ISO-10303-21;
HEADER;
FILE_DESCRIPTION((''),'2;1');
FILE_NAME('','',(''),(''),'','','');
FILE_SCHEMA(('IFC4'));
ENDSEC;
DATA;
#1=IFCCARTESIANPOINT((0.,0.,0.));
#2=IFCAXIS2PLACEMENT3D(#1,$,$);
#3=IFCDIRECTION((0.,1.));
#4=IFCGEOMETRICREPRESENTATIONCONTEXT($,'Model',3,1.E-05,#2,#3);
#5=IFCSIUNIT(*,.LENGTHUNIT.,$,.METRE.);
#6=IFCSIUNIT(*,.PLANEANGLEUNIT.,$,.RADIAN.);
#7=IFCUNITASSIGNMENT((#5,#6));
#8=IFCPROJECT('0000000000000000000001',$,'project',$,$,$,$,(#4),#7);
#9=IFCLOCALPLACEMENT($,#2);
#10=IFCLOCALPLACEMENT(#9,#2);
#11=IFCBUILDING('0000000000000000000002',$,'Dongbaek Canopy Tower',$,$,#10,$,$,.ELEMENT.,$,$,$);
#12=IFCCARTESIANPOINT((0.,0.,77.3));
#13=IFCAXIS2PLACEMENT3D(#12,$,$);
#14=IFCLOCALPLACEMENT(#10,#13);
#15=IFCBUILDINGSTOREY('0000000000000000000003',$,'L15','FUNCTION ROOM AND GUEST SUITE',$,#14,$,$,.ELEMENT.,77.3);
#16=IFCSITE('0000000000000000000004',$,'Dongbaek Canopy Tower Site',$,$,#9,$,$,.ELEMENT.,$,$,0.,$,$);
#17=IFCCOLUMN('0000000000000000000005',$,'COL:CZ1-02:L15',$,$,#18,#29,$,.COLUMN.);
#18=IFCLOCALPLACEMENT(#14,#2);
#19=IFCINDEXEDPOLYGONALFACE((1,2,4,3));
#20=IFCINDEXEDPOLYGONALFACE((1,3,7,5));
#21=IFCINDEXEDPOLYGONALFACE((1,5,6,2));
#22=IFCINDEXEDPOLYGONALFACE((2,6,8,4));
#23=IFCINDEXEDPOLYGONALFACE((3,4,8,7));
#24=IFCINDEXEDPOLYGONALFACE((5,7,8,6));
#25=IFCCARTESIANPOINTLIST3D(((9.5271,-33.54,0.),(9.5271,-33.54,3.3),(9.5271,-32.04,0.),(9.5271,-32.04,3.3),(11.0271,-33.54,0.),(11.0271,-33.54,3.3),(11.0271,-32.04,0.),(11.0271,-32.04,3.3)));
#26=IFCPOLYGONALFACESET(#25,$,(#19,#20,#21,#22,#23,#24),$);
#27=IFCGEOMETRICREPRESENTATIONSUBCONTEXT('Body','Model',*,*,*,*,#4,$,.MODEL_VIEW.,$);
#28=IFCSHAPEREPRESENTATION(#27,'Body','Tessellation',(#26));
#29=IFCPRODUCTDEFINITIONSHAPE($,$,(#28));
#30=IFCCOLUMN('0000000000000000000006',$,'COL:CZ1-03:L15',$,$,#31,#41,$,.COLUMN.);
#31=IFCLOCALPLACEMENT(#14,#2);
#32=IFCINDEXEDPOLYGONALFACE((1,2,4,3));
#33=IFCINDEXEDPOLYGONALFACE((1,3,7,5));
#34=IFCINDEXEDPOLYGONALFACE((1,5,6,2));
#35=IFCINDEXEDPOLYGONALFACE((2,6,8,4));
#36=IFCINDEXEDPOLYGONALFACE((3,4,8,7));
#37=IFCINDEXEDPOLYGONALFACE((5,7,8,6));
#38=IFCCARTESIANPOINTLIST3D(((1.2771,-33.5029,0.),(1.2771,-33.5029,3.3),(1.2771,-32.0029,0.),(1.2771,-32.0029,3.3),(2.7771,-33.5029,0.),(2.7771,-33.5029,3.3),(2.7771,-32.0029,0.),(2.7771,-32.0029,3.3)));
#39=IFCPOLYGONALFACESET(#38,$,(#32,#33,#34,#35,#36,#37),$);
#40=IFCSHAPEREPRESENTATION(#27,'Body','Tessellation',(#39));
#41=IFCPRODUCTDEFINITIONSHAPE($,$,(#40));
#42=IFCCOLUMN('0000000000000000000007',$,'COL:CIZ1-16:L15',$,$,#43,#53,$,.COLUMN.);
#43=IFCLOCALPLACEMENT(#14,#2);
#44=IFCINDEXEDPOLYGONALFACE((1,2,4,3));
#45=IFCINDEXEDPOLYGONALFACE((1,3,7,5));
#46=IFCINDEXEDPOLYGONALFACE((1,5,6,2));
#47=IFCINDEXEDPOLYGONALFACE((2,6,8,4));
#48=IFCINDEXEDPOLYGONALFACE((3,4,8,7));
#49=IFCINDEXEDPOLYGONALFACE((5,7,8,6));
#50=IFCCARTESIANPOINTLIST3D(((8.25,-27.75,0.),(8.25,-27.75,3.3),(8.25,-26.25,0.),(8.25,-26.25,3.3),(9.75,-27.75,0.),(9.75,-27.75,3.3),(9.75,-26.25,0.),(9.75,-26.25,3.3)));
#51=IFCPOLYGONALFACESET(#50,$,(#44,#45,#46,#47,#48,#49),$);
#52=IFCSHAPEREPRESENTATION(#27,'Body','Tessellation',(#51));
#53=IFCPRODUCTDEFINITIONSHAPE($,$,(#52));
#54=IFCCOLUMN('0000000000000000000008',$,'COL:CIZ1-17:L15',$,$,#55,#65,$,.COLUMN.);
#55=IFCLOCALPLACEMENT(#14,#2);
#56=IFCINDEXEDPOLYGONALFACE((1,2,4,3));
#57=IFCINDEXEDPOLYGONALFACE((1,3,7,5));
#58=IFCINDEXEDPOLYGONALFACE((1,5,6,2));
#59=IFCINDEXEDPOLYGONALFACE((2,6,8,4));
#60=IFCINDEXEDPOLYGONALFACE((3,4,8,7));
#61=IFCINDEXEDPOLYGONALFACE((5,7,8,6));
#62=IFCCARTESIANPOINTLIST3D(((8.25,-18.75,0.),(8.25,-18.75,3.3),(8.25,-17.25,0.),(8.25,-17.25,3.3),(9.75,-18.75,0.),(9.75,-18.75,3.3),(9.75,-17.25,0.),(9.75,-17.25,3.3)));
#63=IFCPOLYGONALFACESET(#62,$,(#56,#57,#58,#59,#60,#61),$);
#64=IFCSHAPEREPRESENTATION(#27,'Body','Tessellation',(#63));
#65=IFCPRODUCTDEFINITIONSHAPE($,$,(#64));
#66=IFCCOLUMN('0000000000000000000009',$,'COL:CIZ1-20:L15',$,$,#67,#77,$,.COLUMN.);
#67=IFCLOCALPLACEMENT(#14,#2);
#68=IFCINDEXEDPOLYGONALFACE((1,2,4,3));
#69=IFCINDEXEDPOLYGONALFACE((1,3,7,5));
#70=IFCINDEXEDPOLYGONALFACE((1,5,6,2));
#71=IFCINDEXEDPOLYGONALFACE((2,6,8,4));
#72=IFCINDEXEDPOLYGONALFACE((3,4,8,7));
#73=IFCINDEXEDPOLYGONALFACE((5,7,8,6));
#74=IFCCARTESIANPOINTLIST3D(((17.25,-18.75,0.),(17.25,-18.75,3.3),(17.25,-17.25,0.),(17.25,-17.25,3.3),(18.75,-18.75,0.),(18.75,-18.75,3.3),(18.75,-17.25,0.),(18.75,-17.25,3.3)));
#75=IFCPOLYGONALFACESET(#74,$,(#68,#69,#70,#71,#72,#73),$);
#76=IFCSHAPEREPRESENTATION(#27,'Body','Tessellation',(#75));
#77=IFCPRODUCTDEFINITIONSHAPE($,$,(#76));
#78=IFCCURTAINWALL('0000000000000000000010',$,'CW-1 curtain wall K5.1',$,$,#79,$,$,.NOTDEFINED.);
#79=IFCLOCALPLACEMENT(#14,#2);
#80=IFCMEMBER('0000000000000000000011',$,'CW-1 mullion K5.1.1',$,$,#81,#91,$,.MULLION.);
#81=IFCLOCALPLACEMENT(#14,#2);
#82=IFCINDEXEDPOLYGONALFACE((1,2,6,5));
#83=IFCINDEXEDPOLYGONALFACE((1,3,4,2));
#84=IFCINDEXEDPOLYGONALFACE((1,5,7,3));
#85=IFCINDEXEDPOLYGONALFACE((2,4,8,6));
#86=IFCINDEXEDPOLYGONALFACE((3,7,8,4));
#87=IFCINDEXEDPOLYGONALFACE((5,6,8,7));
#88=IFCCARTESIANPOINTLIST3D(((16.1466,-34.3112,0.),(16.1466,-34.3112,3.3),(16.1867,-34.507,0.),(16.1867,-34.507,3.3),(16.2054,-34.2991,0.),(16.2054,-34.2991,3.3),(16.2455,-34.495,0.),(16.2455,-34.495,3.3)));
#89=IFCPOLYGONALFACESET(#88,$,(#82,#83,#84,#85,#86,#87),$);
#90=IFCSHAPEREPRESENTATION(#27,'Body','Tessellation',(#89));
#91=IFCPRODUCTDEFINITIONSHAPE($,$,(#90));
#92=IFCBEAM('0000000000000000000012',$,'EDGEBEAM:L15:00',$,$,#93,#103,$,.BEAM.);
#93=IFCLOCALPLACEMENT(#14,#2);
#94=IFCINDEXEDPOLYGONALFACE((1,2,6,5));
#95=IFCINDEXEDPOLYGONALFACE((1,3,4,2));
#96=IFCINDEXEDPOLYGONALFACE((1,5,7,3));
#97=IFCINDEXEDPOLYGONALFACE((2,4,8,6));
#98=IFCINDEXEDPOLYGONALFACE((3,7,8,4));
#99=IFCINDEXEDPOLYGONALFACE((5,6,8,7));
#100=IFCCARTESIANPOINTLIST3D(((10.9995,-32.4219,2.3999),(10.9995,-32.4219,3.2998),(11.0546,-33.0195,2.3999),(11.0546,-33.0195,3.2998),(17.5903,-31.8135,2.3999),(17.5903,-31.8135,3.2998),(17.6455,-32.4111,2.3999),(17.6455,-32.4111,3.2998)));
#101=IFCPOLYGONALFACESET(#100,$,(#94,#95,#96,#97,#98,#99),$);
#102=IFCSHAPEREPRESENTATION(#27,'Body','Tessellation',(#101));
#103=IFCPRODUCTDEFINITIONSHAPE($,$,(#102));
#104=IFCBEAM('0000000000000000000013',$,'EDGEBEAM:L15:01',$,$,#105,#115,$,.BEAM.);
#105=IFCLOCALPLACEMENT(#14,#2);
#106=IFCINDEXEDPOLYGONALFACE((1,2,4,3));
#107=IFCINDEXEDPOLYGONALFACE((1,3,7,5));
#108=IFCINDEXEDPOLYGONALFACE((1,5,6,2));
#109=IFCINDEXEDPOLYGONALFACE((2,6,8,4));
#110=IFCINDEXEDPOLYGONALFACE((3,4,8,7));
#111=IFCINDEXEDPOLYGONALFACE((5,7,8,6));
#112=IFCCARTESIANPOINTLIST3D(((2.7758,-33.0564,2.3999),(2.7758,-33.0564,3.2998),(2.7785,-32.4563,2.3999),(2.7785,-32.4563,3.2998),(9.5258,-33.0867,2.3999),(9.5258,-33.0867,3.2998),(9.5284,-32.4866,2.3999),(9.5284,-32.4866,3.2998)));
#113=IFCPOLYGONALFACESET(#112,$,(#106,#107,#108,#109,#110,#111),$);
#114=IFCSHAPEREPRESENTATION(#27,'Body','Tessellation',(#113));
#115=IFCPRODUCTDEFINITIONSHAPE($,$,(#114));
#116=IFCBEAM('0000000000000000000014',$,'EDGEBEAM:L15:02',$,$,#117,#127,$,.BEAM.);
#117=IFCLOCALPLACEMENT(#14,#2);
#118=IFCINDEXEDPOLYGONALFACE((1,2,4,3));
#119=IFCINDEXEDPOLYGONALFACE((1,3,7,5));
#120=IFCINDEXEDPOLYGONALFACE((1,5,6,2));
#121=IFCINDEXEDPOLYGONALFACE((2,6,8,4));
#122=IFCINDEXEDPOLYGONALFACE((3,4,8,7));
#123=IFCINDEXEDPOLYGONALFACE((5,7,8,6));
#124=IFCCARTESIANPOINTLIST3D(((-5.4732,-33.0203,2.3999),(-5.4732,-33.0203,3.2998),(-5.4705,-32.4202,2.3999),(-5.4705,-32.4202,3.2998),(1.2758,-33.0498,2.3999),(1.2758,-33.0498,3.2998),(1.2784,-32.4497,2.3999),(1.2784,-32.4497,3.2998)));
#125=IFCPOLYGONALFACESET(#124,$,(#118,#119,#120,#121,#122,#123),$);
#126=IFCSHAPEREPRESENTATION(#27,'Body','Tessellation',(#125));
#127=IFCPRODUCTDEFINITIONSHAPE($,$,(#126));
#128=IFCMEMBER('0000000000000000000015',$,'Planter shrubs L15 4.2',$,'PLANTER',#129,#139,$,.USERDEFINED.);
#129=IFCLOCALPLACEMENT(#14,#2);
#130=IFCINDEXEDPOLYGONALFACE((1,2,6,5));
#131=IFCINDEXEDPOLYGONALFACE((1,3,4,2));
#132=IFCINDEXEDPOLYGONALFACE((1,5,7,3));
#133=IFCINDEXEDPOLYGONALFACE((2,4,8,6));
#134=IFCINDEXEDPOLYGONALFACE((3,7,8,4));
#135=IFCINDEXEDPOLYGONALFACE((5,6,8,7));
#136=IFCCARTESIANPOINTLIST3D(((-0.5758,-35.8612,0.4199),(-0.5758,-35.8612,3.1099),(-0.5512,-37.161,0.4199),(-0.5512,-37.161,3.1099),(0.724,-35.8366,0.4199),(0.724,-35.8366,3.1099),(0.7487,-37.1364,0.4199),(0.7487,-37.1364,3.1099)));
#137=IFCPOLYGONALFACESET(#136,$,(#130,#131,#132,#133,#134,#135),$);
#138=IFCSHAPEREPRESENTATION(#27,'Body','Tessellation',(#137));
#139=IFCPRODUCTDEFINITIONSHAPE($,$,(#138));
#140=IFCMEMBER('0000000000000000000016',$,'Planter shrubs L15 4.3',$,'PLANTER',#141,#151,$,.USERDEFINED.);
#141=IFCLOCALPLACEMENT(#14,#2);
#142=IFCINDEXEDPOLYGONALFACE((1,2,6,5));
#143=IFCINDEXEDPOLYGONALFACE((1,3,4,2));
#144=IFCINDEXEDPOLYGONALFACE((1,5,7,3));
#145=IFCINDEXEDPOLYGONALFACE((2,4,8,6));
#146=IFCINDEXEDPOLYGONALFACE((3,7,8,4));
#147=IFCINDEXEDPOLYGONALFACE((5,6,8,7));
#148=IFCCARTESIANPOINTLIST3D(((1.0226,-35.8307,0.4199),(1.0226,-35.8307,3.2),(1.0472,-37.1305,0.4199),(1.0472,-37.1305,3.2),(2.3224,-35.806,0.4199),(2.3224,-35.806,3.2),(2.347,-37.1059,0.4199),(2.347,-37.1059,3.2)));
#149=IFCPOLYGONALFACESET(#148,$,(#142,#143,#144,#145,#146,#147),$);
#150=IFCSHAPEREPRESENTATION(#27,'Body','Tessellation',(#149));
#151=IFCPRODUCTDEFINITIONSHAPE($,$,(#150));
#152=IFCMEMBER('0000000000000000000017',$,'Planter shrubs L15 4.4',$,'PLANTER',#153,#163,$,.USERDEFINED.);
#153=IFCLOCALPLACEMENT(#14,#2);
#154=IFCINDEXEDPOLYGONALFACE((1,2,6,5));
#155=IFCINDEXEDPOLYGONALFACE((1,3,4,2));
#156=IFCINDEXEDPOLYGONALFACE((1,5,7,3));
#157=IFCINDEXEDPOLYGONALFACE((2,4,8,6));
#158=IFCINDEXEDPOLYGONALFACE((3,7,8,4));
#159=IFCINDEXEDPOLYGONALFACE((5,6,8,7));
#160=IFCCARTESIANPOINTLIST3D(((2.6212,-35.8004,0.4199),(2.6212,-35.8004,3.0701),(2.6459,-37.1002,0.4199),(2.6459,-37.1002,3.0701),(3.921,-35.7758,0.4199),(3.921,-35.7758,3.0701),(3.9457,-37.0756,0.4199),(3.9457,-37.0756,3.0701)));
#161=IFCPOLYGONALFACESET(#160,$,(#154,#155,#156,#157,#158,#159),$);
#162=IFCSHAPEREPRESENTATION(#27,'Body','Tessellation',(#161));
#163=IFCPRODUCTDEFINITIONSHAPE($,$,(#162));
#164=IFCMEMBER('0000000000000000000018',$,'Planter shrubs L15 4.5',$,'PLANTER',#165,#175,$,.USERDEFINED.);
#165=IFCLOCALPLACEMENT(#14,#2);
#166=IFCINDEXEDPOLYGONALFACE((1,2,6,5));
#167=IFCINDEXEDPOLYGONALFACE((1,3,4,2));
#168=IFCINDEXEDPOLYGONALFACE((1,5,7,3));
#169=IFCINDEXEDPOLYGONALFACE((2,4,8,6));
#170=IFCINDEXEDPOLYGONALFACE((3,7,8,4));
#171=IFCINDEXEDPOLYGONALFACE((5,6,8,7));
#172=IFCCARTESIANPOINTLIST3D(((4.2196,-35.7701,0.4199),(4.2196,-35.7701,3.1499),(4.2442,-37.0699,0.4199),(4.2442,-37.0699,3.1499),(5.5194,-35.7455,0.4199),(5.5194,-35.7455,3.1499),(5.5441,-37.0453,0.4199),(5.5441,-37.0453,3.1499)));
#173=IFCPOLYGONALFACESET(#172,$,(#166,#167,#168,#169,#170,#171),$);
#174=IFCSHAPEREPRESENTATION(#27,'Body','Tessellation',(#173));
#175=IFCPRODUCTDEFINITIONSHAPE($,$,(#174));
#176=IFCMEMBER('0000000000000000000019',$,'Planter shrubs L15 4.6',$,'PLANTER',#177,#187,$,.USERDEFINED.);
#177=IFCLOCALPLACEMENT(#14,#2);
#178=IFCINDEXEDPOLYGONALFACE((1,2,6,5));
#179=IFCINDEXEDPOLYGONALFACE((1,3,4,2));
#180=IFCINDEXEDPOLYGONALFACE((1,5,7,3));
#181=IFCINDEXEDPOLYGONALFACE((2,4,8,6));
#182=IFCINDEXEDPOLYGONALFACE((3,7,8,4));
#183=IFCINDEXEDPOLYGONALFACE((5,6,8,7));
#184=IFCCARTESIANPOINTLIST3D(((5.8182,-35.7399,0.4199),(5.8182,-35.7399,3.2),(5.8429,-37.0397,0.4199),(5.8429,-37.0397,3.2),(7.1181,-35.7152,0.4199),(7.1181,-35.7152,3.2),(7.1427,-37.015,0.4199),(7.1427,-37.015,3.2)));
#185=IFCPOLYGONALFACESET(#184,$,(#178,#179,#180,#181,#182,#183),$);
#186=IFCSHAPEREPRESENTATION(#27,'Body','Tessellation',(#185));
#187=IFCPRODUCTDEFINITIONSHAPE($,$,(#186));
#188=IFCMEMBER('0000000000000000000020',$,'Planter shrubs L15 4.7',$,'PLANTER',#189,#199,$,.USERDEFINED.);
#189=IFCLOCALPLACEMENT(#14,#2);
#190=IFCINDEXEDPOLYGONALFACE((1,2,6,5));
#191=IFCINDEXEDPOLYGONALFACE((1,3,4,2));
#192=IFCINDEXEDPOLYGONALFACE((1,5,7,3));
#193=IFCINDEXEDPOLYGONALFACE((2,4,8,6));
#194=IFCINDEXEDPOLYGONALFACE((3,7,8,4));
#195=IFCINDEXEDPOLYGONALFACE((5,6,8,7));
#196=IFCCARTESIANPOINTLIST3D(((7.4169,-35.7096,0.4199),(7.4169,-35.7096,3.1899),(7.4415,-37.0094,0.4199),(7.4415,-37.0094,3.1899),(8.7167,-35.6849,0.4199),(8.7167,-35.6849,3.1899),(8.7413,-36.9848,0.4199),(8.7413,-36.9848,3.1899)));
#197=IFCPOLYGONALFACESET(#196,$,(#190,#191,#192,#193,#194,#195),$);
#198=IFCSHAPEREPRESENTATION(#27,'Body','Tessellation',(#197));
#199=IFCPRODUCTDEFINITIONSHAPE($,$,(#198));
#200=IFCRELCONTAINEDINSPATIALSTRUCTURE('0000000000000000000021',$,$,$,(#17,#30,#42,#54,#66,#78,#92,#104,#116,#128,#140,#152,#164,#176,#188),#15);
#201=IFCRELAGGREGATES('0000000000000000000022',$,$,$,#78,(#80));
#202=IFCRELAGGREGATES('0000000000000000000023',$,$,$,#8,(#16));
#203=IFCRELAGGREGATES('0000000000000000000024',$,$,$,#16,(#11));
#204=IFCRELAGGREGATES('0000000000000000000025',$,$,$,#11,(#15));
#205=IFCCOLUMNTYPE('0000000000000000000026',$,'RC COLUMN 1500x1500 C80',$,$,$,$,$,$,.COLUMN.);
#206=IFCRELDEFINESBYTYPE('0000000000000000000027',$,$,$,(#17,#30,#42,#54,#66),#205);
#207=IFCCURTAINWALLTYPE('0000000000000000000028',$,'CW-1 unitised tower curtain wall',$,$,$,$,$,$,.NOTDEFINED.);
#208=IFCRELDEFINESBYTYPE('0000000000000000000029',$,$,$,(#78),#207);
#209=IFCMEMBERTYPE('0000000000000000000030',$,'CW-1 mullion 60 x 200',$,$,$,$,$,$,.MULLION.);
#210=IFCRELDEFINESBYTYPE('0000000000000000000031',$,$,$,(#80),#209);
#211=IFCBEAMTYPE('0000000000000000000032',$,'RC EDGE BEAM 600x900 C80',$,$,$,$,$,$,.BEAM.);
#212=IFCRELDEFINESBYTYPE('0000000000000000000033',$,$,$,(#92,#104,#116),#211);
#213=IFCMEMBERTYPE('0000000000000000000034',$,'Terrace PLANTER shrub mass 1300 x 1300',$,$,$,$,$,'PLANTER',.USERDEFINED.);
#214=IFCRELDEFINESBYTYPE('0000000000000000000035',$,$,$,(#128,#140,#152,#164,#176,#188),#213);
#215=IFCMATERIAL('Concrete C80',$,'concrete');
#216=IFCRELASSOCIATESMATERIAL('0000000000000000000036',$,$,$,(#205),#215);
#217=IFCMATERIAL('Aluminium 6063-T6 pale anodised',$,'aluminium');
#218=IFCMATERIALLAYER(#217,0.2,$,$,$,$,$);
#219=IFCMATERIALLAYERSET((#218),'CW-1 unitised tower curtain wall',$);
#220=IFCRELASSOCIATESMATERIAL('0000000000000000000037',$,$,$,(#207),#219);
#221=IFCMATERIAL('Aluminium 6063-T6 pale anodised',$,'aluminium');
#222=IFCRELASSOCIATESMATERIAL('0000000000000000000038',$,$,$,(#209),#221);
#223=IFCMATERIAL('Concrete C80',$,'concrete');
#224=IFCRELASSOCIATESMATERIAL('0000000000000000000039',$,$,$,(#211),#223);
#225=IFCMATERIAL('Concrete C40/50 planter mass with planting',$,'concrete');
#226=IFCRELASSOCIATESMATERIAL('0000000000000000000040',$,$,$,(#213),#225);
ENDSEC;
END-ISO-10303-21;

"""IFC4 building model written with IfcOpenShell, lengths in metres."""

from ifc_helpers import new_model, si_unit, direction, frame, origin, origin_2d, place, context, subcontext, project, spatial, rectangle, extrude, material, layer, layer_set, material_profile, profile_set, type_object, element, aggregate, save


model = new_model("IFC4")

# Units and contexts
model_context = context("Model", 3, precision=1e-05, world=origin(), true_north=direction((0.0, 1.0)))
body_context = subcontext(model_context, "Body", "Model", "MODEL_VIEW")
ifc_project = project(units=[si_unit("LENGTHUNIT", "METRE"), si_unit("PLANEANGLEUNIT", "RADIAN")], contexts=[model_context])

# Site, building, storey
site_placement = place(None, origin())
site = spatial("IfcSite", under=ifc_project, at=site_placement, Name="Dongbaek Canopy Tower Site", CompositionType="ELEMENT", RefElevation=0.0)
building_placement = place(site_placement, origin())
building = spatial("IfcBuilding", under=site, at=building_placement, Name="Dongbaek Canopy Tower", CompositionType="ELEMENT")
storey_placement = place(building_placement, frame((0.0, 0.0, 77.3)))
storey = spatial("IfcBuildingStorey", under=building, at=storey_placement, Name="L15", Description="FUNCTION ROOM AND GUEST SUITE", CompositionType="ELEMENT", Elevation=77.3)

# Columns
ifc_material_1 = material(Name="Concrete C80", Category="concrete")
ifc_material_profile_1 = material_profile(ifc_material_1, rectangle(XDim=1.5, YDim=1.5, at=origin_2d()), Name="RC COLUMN 1500x1500 C80")
ifc_profile_set_1 = profile_set([ifc_material_profile_1], Name="Concrete C80")
column_type = type_object("IfcColumnType", Name="RC COLUMN 1500x1500 C80", PredefinedType="COLUMN", material=ifc_profile_set_1)
for number, where, z_axis, x_axis, name in (
    (1, (10.2771, -32.79, 0.0), (0.0, 0.0, 1.0), (1.0, 0.0, 0.0), "COL:CZ1-02:L15"),
    (2, (2.0271, -32.7529, 0.0), (0.0, 0.0, 1.0), (1.0, 0.0, 0.0), "COL:CZ1-03:L15"),
    (3, (9.0, -27.0, 0.0), (0.0, 0.0, 1.0), (1.0, 0.0, 0.0), "COL:CIZ1-16:L15"),
    (4, (9.0, -18.0, 0.0), (0.0, 0.0, 1.0), (1.0, 0.0, 0.0), "COL:CIZ1-17:L15"),
    (5, (18.0, -18.0, 0.0), (0.0, 0.0, 1.0), (1.0, 0.0, 0.0), "COL:CIZ1-20:L15"),
):
    element("IfcColumn", number, at=place(storey_placement, frame(where, z_axis=z_axis, x_axis=x_axis)), inside=storey, type_object=column_type, Name=name, PredefinedType="COLUMN", context=body_context, shape_type="SweptSolid", body=[
        extrude(rectangle(XDim=1.5, YDim=1.5, at=origin_2d()), origin(), (0.0, 0.0, 1.0), 3.3),
    ])

# Curtain wall, member
ifc_material_2 = material(Name="Aluminium 6063-T6 pale anodised", Category="aluminium")
ifc_layer_1 = layer(ifc_material_2, 0.2)
ifc_layer_set_1 = layer_set([ifc_layer_1], Name="CW-1 unitised tower curtain wall")
curtain_wall_type = type_object("IfcCurtainWallType", Name="CW-1 unitised tower curtain wall", PredefinedType="NOTDEFINED", material=ifc_layer_set_1)
curtain_wall_placement = place(storey_placement, origin())
curtain_wall = element("IfcCurtainWall", 6, at=curtain_wall_placement, inside=storey, type_object=curtain_wall_type, Name="CW-1 curtain wall K5.1", PredefinedType="NOTDEFINED")
ifc_material_3 = material(Name="Aluminium 6063-T6 pale anodised", Category="aluminium")
ifc_material_profile_2 = material_profile(ifc_material_3, rectangle(XDim=0.2, YDim=0.0601, at=origin_2d()), Name="CW-1 mullion 60 x 200")
ifc_profile_set_2 = profile_set([ifc_material_profile_2], Name="Aluminium 6063-T6 pale anodised")
member_type_1 = type_object("IfcMemberType", Name="CW-1 mullion 60 x 200", PredefinedType="MULLION", material=ifc_profile_set_2)
member_1_placement = place(storey_placement, frame((16.196, -34.4031, 0.0), z_axis=(0.0, 0.0, 1.0), x_axis=(0.200704, -0.979652, 0.0)))
member_1 = element("IfcMember", 7, at=member_1_placement, type_object=member_type_1, Name="CW-1 mullion K5.1.1", PredefinedType="MULLION", context=body_context, shape_type="SweptSolid", body=[
    extrude(rectangle(XDim=0.2, YDim=0.0601, at=origin_2d()), origin(), (0.0, 0.0, 1.0), 3.3),
])

# Beams
ifc_material_4 = material(Name="Concrete C80", Category="concrete")
ifc_material_profile_3 = material_profile(ifc_material_4, rectangle(XDim=0.6001, YDim=0.8999, at=origin_2d()), Name="RC EDGE BEAM 600x900 C80")
ifc_profile_set_3 = profile_set([ifc_material_profile_3], Name="Concrete C80")
beam_type = type_object("IfcBeamType", Name="RC EDGE BEAM 600x900 C80", PredefinedType="BEAM", material=ifc_profile_set_3)
beam_1_placement = place(storey_placement, frame((17.6179, -32.1123, 2.8499), z_axis=(-0.995766, -0.091919, 0.0), x_axis=(0.091919, -0.995766, 0.0)))
element("IfcBeam", 8, at=beam_1_placement, inside=storey, type_object=beam_type, Name="EDGEBEAM:L15:00", PredefinedType="BEAM", context=body_context, shape_type="SweptSolid", body=[
    extrude(rectangle(XDim=0.6001, YDim=0.8999, at=origin_2d()), origin(), (0.0, 0.0, 1.0), 6.6189),
])
beam_2_placement = place(storey_placement, frame((9.5271, -32.7866, 2.8499), z_axis=(-0.99999, 0.004485, 0.0), x_axis=(-0.004485, -0.99999, 0.0)))
element("IfcBeam", 9, at=beam_2_placement, inside=storey, type_object=beam_type, Name="EDGEBEAM:L15:01", PredefinedType="BEAM", context=body_context, shape_type="SweptSolid", body=[
    extrude(rectangle(XDim=0.6001, YDim=0.8999, at=origin_2d()), origin(), (0.0, 0.0, 1.0), 6.75),
])
beam_3_placement = place(storey_placement, frame((1.2771, -32.7498, 2.8499), z_axis=(-0.99999, 0.004377, 0.0), x_axis=(-0.004377, -0.99999, 0.0)))
element("IfcBeam", 10, at=beam_3_placement, inside=storey, type_object=beam_type, Name="EDGEBEAM:L15:02", PredefinedType="BEAM", context=body_context, shape_type="SweptSolid", body=[
    extrude(rectangle(XDim=0.6001, YDim=0.8999, at=origin_2d()), origin(), (0.0, 0.0, 1.0), 6.749),
])

# Members
ifc_material_5 = material(Name="Concrete C40/50 planter mass with planting", Category="concrete")
ifc_material_profile_4 = material_profile(ifc_material_5, rectangle(XDim=1.3, YDim=1.3, at=origin_2d()), Name="Terrace PLANTER shrub mass 1300 x 1300")
ifc_profile_set_4 = profile_set([ifc_material_profile_4], Name="Concrete C40/50 planter mass with planting")
member_type_2 = type_object("IfcMemberType", Name="Terrace PLANTER shrub mass 1300 x 1300", ElementType="PLANTER", PredefinedType="USERDEFINED", material=ifc_profile_set_4)
member_2_placement = place(storey_placement, frame((0.0864, -36.4988, 0.4199), z_axis=(0.0, 0.0, 1.0), x_axis=(0.018952, -0.99982, 0.0)))
element("IfcMember", 11, at=member_2_placement, inside=storey, type_object=member_type_2, Name="Planter shrubs L15 4.2", ObjectType="PLANTER", PredefinedType="USERDEFINED", context=body_context, shape_type="SweptSolid", body=[
    extrude(rectangle(XDim=1.3, YDim=1.3, at=origin_2d()), origin(), (0.0, 0.0, 1.0), 2.6899),
])
member_3_placement = place(storey_placement, frame((1.6848, -36.4683, 0.4199), z_axis=(0.0, 0.0, 1.0), x_axis=(0.018952, -0.99982, 0.0)))
element("IfcMember", 12, at=member_3_placement, inside=storey, type_object=member_type_2, Name="Planter shrubs L15 4.3", ObjectType="PLANTER", PredefinedType="USERDEFINED", context=body_context, shape_type="SweptSolid", body=[
    extrude(rectangle(XDim=1.3, YDim=1.3, at=origin_2d()), origin(), (0.0, 0.0, 1.0), 2.78),
])
member_4_placement = place(storey_placement, frame((3.2834, -36.438, 0.4199), z_axis=(0.0, 0.0, 1.0), x_axis=(0.018952, -0.99982, 0.0)))
element("IfcMember", 13, at=member_4_placement, inside=storey, type_object=member_type_2, Name="Planter shrubs L15 4.4", ObjectType="PLANTER", PredefinedType="USERDEFINED", context=body_context, shape_type="SweptSolid", body=[
    extrude(rectangle(XDim=1.3, YDim=1.3, at=origin_2d()), origin(), (0.0, 0.0, 1.0), 2.6501),
])
member_5_placement = place(storey_placement, frame((4.8818, -36.4077, 0.4199), z_axis=(0.0, 0.0, 1.0), x_axis=(0.018952, -0.99982, 0.0)))
element("IfcMember", 14, at=member_5_placement, inside=storey, type_object=member_type_2, Name="Planter shrubs L15 4.5", ObjectType="PLANTER", PredefinedType="USERDEFINED", context=body_context, shape_type="SweptSolid", body=[
    extrude(rectangle(XDim=1.3, YDim=1.3, at=origin_2d()), origin(), (0.0, 0.0, 1.0), 2.73),
])
member_6_placement = place(storey_placement, frame((6.4805, -36.3774, 0.4199), z_axis=(0.0, 0.0, 1.0), x_axis=(0.018952, -0.99982, 0.0)))
element("IfcMember", 15, at=member_6_placement, inside=storey, type_object=member_type_2, Name="Planter shrubs L15 4.6", ObjectType="PLANTER", PredefinedType="USERDEFINED", context=body_context, shape_type="SweptSolid", body=[
    extrude(rectangle(XDim=1.3, YDim=1.3, at=origin_2d()), origin(), (0.0, 0.0, 1.0), 2.78),
])
member_7_placement = place(storey_placement, frame((8.0791, -36.3472, 0.4199), z_axis=(0.0, 0.0, 1.0), x_axis=(0.018952, -0.99982, 0.0)))
element("IfcMember", 16, at=member_7_placement, inside=storey, type_object=member_type_2, Name="Planter shrubs L15 4.7", ObjectType="PLANTER", PredefinedType="USERDEFINED", context=body_context, shape_type="SweptSolid", body=[
    extrude(rectangle(XDim=1.3, YDim=1.3, at=origin_2d()), origin(), (0.0, 0.0, 1.0), 2.77),
])

aggregate(curtain_wall, [member_1])

save(model, "model.ifc")
